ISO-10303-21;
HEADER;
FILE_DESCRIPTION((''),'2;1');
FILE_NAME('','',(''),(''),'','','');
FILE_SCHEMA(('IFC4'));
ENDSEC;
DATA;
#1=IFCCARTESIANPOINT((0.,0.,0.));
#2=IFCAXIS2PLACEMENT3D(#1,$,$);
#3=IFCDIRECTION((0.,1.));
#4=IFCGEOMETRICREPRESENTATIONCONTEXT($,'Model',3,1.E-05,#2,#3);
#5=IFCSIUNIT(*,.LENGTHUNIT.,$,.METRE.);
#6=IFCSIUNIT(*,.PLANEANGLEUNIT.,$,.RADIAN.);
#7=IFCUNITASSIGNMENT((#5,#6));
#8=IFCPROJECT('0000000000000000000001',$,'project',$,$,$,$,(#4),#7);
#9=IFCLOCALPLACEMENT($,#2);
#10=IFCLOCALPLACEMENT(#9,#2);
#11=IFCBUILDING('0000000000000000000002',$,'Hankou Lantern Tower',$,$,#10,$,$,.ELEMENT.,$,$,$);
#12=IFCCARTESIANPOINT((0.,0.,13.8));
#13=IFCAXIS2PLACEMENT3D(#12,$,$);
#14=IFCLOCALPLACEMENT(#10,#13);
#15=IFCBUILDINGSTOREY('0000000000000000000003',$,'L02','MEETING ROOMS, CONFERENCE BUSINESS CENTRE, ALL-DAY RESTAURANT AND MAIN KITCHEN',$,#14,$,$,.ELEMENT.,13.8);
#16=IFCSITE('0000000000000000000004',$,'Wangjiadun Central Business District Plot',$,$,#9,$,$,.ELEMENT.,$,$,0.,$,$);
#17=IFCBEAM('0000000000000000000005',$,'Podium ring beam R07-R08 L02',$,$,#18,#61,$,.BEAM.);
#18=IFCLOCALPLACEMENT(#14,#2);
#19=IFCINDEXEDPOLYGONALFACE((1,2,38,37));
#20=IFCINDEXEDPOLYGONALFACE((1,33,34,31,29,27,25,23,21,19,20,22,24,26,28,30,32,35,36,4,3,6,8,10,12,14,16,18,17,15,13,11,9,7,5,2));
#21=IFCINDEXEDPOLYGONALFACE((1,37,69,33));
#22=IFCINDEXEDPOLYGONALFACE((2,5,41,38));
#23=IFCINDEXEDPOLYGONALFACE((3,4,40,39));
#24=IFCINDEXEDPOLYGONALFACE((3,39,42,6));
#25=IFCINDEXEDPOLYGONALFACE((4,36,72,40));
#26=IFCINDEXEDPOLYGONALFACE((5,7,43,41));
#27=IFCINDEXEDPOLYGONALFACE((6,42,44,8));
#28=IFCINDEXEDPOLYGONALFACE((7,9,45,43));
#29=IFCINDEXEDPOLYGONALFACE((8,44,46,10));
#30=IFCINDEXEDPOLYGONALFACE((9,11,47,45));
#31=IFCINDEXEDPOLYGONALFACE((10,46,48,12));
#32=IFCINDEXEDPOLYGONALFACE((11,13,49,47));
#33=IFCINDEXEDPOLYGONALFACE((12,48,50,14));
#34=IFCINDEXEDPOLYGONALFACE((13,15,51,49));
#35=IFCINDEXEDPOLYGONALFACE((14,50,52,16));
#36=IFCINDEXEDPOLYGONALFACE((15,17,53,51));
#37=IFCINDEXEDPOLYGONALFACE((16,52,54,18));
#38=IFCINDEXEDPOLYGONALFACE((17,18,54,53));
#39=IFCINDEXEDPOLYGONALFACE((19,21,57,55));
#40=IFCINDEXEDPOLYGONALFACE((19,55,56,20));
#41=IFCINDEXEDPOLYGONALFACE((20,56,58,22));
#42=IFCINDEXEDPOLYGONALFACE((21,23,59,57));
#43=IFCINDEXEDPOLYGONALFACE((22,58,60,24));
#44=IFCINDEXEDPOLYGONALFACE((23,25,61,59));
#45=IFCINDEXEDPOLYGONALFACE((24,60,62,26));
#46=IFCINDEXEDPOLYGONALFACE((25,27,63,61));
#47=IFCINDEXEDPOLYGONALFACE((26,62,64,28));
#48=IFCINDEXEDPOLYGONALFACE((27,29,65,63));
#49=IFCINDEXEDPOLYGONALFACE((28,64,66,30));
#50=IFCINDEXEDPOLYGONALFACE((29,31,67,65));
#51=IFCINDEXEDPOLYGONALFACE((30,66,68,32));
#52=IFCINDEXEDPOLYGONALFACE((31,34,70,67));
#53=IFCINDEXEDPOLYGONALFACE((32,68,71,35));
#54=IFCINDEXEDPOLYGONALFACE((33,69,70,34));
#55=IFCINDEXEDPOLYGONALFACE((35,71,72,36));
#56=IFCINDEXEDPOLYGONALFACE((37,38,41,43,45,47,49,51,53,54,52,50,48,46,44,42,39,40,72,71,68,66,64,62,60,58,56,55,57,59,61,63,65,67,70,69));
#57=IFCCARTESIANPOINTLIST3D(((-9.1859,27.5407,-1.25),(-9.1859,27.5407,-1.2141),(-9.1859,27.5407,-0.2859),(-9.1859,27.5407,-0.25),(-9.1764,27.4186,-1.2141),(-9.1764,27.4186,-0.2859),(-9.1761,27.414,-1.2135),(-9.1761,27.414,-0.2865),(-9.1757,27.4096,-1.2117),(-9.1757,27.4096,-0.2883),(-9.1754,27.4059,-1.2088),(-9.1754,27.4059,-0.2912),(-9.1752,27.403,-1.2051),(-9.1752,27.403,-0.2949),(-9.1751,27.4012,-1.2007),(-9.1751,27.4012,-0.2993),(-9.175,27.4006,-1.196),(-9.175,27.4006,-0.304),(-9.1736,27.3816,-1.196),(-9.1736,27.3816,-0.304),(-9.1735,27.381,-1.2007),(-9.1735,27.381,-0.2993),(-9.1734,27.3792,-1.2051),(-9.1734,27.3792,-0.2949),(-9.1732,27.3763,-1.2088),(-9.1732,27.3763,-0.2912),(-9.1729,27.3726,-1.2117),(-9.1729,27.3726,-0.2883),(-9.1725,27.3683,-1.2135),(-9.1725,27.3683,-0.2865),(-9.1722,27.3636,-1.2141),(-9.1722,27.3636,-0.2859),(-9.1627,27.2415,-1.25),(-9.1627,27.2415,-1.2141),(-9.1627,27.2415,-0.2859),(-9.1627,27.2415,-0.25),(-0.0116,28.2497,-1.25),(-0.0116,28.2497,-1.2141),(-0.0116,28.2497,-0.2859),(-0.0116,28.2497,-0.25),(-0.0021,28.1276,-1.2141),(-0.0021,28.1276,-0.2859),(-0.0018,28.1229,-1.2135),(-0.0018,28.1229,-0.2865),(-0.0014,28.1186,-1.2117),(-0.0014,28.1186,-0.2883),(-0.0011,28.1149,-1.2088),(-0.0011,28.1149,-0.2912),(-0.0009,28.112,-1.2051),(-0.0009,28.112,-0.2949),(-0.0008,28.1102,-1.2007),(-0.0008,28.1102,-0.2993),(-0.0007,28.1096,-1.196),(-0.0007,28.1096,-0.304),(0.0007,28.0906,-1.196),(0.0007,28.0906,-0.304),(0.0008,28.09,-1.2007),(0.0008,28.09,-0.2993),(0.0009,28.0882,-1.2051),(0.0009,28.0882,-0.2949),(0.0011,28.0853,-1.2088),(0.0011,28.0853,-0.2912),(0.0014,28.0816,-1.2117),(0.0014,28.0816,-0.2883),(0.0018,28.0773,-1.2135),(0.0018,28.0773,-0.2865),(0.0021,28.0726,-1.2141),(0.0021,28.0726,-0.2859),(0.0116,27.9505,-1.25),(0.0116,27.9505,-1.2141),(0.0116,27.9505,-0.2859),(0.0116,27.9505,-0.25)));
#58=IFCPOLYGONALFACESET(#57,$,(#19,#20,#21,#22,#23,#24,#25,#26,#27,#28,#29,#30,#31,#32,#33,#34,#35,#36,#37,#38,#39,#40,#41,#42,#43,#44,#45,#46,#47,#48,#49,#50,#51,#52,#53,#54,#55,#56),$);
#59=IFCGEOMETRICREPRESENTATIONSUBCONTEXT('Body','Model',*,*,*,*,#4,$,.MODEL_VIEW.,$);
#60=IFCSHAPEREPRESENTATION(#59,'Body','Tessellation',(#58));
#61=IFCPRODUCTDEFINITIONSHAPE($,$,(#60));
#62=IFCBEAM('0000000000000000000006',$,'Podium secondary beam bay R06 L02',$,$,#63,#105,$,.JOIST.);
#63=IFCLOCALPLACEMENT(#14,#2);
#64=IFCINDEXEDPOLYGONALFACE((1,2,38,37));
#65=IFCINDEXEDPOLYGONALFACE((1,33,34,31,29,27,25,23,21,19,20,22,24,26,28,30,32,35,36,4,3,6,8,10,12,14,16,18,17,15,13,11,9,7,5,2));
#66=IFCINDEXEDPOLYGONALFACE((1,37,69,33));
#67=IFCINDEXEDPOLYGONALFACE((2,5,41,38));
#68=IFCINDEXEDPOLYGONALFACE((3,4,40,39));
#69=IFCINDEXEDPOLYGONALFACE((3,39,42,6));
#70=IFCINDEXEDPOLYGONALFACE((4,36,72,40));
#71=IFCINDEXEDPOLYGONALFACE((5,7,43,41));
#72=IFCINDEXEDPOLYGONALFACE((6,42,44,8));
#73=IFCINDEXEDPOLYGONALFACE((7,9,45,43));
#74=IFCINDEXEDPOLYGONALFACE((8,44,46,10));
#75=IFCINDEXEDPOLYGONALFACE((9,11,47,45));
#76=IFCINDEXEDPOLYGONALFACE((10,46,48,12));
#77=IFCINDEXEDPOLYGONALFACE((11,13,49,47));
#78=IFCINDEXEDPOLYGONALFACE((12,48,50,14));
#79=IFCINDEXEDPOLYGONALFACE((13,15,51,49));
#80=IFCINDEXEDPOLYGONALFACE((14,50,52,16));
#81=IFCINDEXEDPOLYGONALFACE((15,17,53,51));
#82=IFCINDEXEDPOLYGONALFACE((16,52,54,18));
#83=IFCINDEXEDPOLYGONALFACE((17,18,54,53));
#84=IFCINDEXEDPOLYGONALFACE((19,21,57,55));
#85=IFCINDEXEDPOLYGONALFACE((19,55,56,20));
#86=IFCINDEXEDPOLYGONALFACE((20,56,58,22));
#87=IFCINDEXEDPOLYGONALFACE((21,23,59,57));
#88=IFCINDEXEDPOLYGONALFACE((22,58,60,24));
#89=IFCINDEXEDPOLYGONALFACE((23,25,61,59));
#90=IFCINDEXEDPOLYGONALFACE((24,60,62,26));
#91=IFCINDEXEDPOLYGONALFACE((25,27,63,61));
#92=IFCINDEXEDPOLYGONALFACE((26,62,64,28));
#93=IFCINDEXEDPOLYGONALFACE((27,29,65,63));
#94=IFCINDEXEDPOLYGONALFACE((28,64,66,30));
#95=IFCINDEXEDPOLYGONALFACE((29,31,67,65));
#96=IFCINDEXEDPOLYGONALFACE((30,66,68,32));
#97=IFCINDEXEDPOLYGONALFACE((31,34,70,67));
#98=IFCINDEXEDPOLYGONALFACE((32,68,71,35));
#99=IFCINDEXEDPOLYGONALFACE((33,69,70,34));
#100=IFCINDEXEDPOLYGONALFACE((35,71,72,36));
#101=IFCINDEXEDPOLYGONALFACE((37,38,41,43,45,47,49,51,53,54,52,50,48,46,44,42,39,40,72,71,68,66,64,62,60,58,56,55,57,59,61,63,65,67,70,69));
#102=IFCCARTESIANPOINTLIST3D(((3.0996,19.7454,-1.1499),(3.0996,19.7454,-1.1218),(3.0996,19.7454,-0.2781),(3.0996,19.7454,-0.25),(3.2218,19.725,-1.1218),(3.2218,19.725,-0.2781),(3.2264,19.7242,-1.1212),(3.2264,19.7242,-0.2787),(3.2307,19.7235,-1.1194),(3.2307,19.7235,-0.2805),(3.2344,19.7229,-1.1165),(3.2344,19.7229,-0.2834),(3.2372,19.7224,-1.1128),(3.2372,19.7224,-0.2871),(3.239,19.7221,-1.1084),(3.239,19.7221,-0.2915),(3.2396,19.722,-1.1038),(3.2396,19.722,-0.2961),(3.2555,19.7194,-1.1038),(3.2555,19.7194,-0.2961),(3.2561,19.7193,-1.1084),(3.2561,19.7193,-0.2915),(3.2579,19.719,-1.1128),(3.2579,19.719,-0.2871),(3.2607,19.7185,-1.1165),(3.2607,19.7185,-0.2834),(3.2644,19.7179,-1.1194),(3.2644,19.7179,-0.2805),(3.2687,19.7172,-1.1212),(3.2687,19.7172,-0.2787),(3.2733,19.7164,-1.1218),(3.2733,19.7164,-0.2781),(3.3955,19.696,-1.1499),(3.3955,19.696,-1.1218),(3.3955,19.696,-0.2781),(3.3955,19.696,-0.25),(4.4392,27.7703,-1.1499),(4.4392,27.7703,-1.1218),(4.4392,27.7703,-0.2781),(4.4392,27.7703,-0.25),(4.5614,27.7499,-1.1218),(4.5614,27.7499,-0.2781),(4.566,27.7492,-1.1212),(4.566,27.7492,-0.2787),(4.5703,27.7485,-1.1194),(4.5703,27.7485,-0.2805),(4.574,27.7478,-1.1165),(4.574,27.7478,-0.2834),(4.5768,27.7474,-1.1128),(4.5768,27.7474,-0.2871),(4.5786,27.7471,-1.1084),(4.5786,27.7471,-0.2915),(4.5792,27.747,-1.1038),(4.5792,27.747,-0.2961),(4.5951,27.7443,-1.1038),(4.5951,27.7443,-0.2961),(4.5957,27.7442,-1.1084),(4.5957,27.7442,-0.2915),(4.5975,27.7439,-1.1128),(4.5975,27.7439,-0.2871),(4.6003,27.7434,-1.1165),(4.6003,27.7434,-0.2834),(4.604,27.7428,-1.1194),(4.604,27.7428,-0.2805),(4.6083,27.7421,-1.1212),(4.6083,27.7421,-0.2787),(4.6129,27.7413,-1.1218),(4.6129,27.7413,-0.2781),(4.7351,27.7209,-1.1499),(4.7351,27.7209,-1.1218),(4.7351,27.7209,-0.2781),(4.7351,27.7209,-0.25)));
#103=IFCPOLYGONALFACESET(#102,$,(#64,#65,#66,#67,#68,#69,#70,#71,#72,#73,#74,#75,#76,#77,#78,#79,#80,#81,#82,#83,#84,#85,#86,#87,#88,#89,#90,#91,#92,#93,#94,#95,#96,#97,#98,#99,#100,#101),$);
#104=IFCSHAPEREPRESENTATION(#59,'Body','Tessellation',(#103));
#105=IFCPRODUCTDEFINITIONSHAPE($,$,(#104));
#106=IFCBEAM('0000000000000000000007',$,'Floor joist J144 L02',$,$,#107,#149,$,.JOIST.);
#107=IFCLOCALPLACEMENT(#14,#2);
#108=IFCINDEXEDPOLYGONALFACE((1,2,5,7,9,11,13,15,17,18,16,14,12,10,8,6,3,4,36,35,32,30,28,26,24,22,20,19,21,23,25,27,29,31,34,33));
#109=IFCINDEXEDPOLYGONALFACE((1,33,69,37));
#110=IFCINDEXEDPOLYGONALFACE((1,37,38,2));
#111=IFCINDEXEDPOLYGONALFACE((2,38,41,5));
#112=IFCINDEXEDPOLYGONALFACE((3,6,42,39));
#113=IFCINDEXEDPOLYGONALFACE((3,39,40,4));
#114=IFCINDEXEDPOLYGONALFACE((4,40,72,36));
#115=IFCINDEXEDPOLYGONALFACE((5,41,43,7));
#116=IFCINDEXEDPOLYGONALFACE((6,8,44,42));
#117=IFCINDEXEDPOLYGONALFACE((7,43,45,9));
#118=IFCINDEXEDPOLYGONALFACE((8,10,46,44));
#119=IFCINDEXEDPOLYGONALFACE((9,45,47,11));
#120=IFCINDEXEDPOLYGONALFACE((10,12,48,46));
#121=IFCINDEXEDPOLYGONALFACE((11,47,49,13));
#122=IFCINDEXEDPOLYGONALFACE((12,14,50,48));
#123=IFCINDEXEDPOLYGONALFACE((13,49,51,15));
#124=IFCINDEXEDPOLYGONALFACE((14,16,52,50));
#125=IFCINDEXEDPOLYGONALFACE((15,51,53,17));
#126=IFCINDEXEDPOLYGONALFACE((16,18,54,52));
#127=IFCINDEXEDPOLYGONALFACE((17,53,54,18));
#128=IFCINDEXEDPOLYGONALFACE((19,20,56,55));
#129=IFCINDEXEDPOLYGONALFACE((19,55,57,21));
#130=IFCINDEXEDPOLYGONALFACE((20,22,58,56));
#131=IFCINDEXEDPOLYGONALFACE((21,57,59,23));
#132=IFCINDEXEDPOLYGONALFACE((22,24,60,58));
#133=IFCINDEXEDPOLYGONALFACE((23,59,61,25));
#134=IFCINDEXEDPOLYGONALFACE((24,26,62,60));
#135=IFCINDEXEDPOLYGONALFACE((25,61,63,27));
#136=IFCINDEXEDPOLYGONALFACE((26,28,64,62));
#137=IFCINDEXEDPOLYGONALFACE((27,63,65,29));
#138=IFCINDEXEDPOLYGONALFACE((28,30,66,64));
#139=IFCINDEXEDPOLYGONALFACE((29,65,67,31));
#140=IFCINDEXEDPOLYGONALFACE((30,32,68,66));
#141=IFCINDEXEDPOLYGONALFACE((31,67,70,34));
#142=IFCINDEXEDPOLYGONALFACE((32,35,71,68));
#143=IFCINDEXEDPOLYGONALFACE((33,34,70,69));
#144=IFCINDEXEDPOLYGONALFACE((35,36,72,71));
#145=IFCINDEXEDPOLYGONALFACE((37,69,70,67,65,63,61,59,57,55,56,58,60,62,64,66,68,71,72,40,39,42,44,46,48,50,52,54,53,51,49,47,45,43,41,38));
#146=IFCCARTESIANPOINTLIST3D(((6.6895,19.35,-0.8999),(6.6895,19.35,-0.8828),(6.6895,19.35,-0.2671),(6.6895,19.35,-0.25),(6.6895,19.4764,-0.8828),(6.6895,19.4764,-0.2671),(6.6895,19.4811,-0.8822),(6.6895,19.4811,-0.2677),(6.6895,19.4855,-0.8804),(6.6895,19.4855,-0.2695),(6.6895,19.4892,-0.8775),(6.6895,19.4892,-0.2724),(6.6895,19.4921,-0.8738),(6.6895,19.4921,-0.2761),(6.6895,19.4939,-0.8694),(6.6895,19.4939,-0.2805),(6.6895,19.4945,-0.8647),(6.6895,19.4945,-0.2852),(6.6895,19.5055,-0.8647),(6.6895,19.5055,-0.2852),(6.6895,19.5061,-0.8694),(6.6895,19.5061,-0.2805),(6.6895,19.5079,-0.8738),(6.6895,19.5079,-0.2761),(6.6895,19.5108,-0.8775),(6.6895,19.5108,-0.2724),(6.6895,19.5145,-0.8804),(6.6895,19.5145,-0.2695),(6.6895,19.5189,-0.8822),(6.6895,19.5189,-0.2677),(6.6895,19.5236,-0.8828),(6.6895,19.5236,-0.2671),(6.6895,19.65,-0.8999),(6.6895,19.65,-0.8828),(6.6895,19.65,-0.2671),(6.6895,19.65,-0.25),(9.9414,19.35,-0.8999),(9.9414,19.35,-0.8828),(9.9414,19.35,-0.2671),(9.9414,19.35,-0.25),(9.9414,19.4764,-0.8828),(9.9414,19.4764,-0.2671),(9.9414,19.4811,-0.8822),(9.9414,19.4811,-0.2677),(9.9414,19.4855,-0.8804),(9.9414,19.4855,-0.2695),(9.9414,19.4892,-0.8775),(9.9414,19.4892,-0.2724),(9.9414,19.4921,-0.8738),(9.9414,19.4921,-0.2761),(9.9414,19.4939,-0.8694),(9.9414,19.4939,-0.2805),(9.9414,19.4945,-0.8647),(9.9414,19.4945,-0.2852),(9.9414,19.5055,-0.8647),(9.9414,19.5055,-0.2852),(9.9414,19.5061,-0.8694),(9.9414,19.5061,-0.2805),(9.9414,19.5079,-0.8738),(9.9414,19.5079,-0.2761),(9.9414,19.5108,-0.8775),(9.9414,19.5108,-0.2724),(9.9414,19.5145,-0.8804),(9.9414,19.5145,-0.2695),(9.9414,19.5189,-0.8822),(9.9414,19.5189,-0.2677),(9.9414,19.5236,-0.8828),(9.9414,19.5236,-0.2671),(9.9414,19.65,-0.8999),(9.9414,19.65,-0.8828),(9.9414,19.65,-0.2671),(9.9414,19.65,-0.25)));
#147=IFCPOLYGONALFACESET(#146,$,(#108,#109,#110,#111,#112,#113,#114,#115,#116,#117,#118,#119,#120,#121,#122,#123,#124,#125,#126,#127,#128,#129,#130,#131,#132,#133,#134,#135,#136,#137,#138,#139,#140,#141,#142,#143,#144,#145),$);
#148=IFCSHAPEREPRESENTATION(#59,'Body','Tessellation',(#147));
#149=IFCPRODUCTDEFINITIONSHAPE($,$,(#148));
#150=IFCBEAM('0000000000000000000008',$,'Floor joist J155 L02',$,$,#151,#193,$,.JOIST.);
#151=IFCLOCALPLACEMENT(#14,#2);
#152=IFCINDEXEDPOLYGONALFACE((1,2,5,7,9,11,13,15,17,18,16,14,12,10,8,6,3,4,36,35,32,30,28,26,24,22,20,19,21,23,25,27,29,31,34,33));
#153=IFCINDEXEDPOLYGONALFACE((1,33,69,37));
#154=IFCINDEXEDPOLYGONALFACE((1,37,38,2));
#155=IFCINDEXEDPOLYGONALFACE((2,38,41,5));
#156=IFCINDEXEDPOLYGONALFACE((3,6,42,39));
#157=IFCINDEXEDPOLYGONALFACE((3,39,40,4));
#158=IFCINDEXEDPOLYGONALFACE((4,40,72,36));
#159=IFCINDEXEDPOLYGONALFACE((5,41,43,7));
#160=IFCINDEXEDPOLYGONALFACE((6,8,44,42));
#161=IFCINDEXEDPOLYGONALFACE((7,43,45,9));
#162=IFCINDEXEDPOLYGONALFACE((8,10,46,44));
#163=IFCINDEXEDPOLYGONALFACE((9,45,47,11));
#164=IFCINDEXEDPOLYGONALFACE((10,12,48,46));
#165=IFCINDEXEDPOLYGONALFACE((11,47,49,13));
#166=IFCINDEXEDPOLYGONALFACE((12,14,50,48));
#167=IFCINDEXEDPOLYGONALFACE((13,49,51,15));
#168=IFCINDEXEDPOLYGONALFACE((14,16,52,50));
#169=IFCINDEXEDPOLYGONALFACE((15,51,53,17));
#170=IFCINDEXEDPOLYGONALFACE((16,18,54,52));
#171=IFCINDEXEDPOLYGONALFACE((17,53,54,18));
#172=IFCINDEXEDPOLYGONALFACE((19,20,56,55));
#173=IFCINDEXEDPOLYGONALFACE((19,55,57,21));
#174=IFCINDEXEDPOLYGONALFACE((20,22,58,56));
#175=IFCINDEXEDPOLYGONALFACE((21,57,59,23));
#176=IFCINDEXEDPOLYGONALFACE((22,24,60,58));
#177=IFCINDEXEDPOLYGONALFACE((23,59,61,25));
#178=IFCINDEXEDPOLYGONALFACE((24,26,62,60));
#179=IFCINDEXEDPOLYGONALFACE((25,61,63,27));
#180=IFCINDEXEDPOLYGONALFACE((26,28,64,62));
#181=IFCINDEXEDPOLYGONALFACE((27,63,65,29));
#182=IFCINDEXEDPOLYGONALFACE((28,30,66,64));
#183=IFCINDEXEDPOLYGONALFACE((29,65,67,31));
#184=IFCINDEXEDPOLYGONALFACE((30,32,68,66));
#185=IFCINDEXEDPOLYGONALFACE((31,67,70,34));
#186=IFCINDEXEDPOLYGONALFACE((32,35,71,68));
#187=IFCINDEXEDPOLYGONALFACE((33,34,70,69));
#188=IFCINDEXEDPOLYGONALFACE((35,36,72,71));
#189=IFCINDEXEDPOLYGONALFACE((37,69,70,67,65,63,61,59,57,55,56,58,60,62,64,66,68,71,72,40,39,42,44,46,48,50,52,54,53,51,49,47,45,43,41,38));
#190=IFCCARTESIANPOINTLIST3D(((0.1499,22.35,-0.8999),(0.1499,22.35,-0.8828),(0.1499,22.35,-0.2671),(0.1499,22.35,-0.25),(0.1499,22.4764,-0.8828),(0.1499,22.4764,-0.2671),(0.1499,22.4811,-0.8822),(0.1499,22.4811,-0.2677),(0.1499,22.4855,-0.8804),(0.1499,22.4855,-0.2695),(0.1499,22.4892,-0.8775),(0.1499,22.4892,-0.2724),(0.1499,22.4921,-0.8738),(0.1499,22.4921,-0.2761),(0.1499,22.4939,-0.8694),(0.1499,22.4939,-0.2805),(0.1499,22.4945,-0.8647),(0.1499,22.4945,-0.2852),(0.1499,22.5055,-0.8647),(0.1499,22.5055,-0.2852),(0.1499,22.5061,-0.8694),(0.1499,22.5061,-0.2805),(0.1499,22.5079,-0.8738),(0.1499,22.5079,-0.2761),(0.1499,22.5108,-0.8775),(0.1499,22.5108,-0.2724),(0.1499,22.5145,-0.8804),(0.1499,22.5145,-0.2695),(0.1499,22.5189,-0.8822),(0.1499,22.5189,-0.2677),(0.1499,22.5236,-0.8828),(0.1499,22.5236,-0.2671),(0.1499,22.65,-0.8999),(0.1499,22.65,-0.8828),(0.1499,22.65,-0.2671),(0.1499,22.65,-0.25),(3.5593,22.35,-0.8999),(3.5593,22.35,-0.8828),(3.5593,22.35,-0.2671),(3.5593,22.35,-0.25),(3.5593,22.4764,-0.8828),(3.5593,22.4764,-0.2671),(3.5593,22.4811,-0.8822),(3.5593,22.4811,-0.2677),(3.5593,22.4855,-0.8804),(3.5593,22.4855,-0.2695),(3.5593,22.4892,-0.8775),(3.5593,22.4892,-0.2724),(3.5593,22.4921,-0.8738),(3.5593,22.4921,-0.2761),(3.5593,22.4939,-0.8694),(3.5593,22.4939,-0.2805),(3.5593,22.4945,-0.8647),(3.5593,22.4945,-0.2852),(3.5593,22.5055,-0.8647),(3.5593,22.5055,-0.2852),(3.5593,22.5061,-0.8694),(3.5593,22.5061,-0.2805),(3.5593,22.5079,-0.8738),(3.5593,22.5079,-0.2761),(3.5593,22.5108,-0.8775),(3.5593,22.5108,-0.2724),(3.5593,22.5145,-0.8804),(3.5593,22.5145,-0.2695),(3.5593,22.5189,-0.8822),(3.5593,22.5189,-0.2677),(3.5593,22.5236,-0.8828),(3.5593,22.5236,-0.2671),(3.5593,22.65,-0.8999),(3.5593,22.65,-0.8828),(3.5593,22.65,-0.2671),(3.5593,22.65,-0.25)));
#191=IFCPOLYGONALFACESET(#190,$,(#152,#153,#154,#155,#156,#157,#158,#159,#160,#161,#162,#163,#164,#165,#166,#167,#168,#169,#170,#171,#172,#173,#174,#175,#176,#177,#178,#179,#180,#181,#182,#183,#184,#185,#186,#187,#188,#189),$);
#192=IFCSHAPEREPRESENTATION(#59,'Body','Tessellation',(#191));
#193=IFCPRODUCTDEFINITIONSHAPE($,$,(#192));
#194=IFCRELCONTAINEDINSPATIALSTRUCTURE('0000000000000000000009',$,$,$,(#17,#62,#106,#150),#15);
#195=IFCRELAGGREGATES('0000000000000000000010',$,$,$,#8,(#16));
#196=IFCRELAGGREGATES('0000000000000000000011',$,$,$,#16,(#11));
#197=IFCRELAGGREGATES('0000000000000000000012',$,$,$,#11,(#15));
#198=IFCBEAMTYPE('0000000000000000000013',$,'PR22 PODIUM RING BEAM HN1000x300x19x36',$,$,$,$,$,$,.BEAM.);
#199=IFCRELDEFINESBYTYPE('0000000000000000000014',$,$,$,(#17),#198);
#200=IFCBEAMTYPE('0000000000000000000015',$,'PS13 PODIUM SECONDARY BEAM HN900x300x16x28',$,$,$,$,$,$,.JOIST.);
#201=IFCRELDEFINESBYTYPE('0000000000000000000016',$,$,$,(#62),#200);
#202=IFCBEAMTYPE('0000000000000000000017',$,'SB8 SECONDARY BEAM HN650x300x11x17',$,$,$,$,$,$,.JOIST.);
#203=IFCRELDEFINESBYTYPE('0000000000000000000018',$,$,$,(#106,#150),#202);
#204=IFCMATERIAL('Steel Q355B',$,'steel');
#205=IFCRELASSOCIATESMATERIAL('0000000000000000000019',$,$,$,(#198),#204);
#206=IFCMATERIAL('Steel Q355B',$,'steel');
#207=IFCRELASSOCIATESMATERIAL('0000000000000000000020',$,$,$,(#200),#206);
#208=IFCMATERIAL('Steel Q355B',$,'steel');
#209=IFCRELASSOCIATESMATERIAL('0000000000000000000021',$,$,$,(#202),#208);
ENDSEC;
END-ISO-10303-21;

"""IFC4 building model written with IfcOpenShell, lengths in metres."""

from ifc_helpers import new_model, si_unit, direction, frame, origin, origin_2d, place, context, subcontext, project, spatial, i_section, extrude, material, material_profile, profile_set, type_object, element, save


model = new_model("IFC4")

# Units and contexts
model_context = context("Model", 3, precision=1e-05, world=origin(), true_north=direction((0.0, 1.0)))
body_context = subcontext(model_context, "Body", "Model", "MODEL_VIEW")
ifc_project = project(units=[si_unit("LENGTHUNIT", "METRE"), si_unit("PLANEANGLEUNIT", "RADIAN")], contexts=[model_context])

# Site, building, storey
site_placement = place(None, origin())
site = spatial("IfcSite", under=ifc_project, at=site_placement, Name="Wangjiadun Central Business District Plot", CompositionType="ELEMENT", RefElevation=0.0)
building_placement = place(site_placement, origin())
building = spatial("IfcBuilding", under=site, at=building_placement, Name="Hankou Lantern Tower", CompositionType="ELEMENT")
storey_placement = place(building_placement, frame((0.0, 0.0, 13.8)))
storey = spatial("IfcBuildingStorey", under=building, at=storey_placement, Name="L02", Description="MEETING ROOMS, CONFERENCE BUSINESS CENTRE, ALL-DAY RESTAURANT AND MAIN KITCHEN", CompositionType="ELEMENT", Elevation=13.8)

# Beams
ifc_material_1 = material(Name="Steel Q355B", Category="steel")
ifc_material_profile_1 = material_profile(ifc_material_1, i_section(OverallWidth=0.3, OverallDepth=1.0, WebThickness=0.019, FlangeThickness=0.0359, FilletRadius=0.0181, at=origin_2d()), Name="HN1000x300x19x36")
ifc_profile_set_1 = profile_set([ifc_material_profile_1], Name="Steel Q355B")
beam_type_1 = type_object("IfcBeamType", Name="PR22 PODIUM RING BEAM HN1000x300x19x36", PredefinedType="BEAM", material=ifc_profile_set_1)
beam_1_placement = place(storey_placement, frame((0.0, 28.1001, -0.75), z_axis=(-0.997027, -0.07705, 0.0), x_axis=(0.07705, -0.997027, 0.0)))
element("IfcBeam", 1, at=beam_1_placement, inside=storey, type_object=beam_type_1, Name="Podium ring beam R07-R08 L02", PredefinedType="BEAM", context=body_context, shape_type="SweptSolid", body=[
    extrude(i_section(OverallWidth=0.3, OverallDepth=1.0, WebThickness=0.019, FlangeThickness=0.0359, FilletRadius=0.0181, at=origin_2d()), origin(), (0.0, 0.0, 1.0), 9.2017),
])
ifc_material_2 = material(Name="Steel Q355B", Category="steel")
ifc_material_profile_2 = material_profile(ifc_material_2, i_section(OverallWidth=0.3, OverallDepth=0.8999, WebThickness=0.0161, FlangeThickness=0.0281, FilletRadius=0.0181, at=origin_2d()), Name="HN900x300x16x28")
ifc_profile_set_2 = profile_set([ifc_material_profile_2], Name="Steel Q355B")
beam_type_2 = type_object("IfcBeamType", Name="PS13 PODIUM SECONDARY BEAM HN900x300x16x28", PredefinedType="JOIST", material=ifc_profile_set_2)
beam_2_placement = place(storey_placement, frame((3.2476, 19.7207, -0.7), z_axis=(0.164652, 0.986352, 0.0), x_axis=(-0.986352, 0.164652, 0.0)))
element("IfcBeam", 2, at=beam_2_placement, inside=storey, type_object=beam_type_2, Name="Podium secondary beam bay R06 L02", PredefinedType="JOIST", context=body_context, shape_type="SweptSolid", body=[
    extrude(i_section(OverallWidth=0.3, OverallDepth=0.8999, WebThickness=0.0161, FlangeThickness=0.0281, FilletRadius=0.0181, at=origin_2d()), origin(), (0.0, 0.0, 1.0), 8.136),
])
ifc_material_3 = material(Name="Steel Q355B", Category="steel")
ifc_material_profile_3 = material_profile(ifc_material_3, i_section(OverallWidth=0.3, OverallDepth=0.6499, WebThickness=0.011, FlangeThickness=0.0171, FilletRadius=0.0181, at=origin_2d()), Name="HN650x300x11x17")
ifc_profile_set_3 = profile_set([ifc_material_profile_3], Name="Steel Q355B")
beam_type_3 = type_object("IfcBeamType", Name="SB8 SECONDARY BEAM HN650x300x11x17", PredefinedType="JOIST", material=ifc_profile_set_3)
beam_3_placement = place(storey_placement, frame((6.6895, 19.5, -0.575), z_axis=(1.0, 0.0, 0.0), x_axis=(0.0, 1.0, 0.0)))
element("IfcBeam", 3, at=beam_3_placement, inside=storey, type_object=beam_type_3, Name="Floor joist J144 L02", PredefinedType="JOIST", context=body_context, shape_type="SweptSolid", body=[
    extrude(i_section(OverallWidth=0.3, OverallDepth=0.6499, WebThickness=0.011, FlangeThickness=0.0171, FilletRadius=0.0181, at=origin_2d()), origin(), (0.0, 0.0, 1.0), 3.252),
])
beam_4_placement = place(storey_placement, frame((0.1499, 22.5, -0.575), z_axis=(1.0, 0.0, 0.0), x_axis=(0.0, 1.0, 0.0)))
element("IfcBeam", 4, at=beam_4_placement, inside=storey, type_object=beam_type_3, Name="Floor joist J155 L02", PredefinedType="JOIST", context=body_context, shape_type="SweptSolid", body=[
    extrude(i_section(OverallWidth=0.3, OverallDepth=0.6499, WebThickness=0.011, FlangeThickness=0.0171, FilletRadius=0.0181, at=origin_2d()), origin(), (0.0, 0.0, 1.0), 3.4094),
])

save(model, "model.ifc")
